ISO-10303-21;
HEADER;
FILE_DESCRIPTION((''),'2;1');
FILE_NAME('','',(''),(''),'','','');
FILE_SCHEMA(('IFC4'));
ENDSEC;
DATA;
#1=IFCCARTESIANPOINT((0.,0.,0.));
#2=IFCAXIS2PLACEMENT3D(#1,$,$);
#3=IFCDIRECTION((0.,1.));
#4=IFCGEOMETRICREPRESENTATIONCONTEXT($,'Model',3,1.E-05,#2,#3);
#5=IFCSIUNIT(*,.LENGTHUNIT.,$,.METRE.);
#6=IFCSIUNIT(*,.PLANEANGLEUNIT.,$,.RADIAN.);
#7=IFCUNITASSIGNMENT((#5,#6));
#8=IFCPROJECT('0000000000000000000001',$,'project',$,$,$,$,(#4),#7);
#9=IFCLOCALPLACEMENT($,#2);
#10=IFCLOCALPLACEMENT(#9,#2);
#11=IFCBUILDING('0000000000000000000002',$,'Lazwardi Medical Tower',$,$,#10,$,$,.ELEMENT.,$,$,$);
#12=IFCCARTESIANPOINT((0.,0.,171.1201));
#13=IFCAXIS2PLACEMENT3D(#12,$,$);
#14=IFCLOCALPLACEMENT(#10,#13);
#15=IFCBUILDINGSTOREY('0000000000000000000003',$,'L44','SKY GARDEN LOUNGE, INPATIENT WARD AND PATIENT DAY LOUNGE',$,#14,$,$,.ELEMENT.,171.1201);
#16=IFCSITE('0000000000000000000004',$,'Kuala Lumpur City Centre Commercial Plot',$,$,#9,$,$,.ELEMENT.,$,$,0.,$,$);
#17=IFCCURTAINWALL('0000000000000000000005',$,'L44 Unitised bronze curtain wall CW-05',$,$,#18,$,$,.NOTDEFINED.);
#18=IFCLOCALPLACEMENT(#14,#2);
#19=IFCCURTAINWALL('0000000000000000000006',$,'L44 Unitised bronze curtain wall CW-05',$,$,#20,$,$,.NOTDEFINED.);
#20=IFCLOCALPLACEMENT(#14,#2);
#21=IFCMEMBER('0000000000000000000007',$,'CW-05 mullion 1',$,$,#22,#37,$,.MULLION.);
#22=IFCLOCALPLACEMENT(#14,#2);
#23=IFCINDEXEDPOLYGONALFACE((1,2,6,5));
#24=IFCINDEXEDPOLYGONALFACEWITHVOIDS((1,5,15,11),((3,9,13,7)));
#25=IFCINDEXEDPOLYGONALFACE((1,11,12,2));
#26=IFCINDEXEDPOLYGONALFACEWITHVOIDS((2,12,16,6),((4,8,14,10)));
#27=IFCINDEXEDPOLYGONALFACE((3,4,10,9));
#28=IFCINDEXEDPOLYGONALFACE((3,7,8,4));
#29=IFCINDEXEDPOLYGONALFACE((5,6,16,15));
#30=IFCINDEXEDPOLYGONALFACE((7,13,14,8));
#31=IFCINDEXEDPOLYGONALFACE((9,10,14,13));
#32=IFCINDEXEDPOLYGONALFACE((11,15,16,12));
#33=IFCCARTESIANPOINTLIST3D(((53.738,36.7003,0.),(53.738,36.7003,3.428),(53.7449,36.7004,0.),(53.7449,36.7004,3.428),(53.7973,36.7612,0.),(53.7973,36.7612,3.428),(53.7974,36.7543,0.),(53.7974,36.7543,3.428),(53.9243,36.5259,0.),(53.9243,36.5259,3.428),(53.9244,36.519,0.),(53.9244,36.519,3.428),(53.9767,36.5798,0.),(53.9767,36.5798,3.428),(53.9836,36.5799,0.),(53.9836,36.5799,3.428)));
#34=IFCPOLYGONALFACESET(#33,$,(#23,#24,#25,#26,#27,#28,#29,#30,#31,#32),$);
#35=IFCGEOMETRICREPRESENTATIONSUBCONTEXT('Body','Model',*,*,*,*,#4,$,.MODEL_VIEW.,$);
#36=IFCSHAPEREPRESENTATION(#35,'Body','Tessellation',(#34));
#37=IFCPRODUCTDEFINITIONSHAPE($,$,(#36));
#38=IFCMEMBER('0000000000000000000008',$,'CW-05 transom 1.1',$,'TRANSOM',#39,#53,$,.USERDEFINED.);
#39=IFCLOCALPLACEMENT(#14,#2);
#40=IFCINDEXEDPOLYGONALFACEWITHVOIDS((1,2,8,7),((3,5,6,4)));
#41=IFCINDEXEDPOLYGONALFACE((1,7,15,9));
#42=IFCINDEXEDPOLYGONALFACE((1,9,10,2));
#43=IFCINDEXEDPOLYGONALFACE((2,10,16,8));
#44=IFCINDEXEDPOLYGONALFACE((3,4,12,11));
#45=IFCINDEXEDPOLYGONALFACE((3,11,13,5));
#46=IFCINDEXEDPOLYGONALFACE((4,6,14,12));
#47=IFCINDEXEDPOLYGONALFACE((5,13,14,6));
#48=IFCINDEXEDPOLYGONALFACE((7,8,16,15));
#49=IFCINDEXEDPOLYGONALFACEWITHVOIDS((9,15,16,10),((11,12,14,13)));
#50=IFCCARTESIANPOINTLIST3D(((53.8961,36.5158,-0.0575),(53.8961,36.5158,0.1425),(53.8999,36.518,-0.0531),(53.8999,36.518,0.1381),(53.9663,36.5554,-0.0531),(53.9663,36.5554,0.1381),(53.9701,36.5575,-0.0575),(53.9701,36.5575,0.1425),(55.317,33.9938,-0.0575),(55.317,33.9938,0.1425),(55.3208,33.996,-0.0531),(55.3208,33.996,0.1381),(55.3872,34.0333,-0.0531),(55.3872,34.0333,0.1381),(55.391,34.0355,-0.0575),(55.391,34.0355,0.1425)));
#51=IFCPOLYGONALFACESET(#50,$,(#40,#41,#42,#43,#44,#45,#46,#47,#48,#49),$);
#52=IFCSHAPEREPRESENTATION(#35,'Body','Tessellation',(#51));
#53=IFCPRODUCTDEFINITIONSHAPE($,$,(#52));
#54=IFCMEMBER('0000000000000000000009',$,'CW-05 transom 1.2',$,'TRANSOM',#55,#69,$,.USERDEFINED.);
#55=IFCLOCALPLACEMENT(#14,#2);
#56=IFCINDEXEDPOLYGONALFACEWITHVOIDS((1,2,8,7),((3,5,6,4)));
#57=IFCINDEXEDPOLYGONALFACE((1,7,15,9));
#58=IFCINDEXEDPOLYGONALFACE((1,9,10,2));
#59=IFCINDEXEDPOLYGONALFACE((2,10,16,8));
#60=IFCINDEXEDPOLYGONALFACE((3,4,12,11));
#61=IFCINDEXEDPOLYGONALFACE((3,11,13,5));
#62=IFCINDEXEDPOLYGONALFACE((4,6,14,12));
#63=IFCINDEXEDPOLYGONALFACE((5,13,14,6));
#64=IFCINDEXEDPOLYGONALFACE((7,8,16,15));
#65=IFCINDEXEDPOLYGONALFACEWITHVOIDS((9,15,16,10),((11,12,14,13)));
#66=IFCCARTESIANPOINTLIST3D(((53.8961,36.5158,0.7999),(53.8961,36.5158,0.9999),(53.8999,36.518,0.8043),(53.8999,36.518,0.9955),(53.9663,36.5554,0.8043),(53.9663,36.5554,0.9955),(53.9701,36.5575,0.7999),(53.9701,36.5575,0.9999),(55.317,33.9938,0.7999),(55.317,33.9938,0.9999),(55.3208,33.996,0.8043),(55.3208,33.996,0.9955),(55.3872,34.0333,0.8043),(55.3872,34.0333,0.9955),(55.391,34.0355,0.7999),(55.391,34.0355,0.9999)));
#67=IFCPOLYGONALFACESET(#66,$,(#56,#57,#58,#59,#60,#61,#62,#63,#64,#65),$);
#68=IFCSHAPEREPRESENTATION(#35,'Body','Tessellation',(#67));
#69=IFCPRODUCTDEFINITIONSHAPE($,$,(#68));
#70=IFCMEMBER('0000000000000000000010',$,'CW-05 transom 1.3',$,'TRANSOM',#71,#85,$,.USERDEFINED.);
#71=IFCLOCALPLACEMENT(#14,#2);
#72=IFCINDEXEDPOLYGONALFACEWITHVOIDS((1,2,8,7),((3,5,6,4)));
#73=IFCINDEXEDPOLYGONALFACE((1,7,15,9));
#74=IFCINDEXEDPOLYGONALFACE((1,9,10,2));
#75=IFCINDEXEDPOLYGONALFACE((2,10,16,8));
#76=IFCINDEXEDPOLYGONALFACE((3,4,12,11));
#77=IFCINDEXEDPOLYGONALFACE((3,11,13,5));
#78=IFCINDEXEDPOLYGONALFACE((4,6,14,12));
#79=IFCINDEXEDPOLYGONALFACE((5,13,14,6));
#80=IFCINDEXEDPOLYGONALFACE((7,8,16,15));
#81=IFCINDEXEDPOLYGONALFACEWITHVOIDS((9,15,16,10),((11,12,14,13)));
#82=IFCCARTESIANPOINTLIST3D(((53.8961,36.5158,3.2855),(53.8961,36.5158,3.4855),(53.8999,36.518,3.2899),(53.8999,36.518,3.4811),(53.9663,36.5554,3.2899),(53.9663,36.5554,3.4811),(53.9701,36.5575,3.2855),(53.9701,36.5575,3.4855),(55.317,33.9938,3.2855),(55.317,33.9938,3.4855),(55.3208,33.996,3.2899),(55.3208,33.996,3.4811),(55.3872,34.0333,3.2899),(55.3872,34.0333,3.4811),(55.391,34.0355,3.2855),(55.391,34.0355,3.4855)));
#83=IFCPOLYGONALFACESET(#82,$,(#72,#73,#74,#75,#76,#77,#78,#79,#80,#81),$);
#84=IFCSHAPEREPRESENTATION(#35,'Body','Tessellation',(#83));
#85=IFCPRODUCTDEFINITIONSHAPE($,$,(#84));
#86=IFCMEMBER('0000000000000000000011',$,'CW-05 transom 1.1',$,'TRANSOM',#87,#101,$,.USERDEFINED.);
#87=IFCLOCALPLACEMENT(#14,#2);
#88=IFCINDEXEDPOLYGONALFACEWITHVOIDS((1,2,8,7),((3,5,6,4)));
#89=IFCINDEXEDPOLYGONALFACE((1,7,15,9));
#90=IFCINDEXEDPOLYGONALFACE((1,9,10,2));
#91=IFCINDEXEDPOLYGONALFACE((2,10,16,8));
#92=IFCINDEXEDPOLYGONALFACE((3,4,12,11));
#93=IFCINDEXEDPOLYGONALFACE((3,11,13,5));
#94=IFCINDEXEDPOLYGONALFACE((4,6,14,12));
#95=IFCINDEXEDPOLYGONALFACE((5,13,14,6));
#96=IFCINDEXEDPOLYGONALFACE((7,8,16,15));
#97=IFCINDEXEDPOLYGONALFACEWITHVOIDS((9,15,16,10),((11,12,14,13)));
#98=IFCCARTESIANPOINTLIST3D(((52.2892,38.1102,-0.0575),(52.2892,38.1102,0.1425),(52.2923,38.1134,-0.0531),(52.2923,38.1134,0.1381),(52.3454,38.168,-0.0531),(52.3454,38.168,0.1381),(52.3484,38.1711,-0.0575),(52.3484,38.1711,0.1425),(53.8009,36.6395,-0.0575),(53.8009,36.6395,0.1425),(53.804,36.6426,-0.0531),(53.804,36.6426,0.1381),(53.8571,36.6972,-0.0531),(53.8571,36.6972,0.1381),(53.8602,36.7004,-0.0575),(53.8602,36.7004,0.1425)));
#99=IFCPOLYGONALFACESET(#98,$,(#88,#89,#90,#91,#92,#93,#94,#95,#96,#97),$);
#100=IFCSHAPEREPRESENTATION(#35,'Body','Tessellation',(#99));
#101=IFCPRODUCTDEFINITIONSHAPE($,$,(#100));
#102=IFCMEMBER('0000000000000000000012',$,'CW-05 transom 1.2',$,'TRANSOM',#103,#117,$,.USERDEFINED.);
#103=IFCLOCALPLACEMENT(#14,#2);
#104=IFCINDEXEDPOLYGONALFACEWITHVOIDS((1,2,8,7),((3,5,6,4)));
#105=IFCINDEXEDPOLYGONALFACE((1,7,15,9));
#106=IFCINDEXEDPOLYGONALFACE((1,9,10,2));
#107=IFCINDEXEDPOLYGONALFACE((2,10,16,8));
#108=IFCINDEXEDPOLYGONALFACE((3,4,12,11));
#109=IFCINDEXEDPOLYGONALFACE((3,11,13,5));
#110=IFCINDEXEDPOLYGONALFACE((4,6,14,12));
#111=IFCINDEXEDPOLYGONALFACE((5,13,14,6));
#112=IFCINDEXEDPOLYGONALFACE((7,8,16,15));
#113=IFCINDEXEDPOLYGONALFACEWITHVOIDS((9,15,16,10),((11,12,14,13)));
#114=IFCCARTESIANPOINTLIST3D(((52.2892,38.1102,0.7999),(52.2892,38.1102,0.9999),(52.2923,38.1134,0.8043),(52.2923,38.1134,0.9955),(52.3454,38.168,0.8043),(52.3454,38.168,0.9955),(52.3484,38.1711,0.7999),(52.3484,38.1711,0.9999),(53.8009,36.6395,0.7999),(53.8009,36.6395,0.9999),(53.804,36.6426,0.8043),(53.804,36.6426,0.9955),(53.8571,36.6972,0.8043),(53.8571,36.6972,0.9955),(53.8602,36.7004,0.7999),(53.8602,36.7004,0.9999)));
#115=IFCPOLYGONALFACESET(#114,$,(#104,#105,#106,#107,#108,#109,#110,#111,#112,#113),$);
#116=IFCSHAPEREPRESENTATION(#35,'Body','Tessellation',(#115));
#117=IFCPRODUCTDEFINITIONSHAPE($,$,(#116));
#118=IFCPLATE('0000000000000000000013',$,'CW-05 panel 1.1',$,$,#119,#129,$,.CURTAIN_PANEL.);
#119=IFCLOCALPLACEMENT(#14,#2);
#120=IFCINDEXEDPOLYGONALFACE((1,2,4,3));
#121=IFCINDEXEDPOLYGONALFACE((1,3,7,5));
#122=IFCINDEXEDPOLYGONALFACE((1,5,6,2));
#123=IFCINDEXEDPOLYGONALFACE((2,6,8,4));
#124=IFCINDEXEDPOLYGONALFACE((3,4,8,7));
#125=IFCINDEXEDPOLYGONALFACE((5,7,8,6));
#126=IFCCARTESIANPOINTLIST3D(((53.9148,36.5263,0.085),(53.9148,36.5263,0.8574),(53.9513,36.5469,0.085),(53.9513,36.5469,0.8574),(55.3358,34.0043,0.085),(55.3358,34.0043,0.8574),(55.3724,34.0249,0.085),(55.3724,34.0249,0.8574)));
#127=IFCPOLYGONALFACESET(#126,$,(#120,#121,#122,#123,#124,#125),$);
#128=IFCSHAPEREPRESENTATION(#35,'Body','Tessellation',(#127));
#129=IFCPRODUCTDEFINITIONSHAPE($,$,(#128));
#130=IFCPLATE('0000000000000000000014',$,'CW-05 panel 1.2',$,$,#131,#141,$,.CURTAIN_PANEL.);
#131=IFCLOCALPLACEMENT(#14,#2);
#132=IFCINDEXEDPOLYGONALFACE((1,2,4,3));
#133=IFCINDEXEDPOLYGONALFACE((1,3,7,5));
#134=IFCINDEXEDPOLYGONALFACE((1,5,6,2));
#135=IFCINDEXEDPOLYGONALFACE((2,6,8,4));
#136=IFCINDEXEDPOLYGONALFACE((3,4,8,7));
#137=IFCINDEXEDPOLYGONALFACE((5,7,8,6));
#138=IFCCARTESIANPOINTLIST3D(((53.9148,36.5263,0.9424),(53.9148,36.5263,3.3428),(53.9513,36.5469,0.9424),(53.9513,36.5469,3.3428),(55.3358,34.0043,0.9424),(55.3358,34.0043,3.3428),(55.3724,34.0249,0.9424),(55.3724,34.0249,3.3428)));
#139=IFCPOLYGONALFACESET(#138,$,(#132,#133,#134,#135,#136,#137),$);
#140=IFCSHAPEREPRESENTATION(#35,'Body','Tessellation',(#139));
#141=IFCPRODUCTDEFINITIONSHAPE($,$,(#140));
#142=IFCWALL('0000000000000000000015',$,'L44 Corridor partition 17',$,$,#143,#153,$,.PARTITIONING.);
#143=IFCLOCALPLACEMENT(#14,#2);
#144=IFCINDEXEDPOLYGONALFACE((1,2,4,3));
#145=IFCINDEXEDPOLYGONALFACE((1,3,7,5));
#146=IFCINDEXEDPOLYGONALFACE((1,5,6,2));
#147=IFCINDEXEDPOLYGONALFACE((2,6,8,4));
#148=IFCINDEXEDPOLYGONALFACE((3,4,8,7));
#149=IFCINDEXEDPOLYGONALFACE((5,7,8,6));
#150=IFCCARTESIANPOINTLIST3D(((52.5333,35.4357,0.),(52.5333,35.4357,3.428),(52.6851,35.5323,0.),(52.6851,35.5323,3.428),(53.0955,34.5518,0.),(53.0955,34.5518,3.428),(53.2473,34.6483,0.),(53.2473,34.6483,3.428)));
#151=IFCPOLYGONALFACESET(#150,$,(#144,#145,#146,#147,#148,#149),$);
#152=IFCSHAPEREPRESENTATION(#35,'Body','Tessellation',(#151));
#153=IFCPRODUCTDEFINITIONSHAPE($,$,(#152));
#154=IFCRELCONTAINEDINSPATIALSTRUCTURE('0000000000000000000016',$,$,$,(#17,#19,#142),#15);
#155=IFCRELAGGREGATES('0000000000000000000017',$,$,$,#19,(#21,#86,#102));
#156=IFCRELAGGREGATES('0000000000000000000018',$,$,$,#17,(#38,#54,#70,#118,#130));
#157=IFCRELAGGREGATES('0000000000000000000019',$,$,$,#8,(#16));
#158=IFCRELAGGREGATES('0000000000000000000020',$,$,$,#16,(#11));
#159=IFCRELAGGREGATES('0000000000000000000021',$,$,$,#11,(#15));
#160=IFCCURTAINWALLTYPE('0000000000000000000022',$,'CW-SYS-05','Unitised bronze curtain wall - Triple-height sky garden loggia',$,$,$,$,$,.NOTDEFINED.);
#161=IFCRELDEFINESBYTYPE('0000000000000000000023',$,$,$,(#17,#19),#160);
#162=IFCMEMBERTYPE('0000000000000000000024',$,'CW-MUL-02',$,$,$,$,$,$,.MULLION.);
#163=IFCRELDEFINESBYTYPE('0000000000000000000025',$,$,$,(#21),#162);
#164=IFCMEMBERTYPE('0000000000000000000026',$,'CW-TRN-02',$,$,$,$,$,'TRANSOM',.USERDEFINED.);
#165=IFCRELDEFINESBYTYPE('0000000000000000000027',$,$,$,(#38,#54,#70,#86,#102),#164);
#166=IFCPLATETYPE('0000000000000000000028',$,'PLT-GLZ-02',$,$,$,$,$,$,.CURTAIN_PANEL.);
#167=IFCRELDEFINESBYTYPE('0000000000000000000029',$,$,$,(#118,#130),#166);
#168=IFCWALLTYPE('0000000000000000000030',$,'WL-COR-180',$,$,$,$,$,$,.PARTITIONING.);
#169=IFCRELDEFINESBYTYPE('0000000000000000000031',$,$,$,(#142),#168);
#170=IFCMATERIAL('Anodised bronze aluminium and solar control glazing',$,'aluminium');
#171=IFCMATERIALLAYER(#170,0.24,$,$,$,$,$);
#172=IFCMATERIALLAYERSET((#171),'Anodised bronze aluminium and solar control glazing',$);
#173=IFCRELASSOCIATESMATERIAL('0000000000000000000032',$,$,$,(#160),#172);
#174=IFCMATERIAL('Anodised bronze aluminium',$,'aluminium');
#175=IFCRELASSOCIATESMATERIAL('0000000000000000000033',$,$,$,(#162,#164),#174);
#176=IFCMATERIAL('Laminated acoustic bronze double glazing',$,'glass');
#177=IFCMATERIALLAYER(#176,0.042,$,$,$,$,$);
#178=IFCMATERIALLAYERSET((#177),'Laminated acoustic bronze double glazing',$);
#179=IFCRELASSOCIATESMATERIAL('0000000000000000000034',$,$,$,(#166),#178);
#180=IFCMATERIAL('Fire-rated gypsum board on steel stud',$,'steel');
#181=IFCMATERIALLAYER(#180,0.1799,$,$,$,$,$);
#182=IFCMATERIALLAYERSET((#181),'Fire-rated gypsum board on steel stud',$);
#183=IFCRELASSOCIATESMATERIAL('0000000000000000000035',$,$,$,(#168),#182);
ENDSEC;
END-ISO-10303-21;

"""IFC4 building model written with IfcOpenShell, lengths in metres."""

from ifc_helpers import new_model, si_unit, direction, frame, frame_2d, origin, origin_2d, place, context, subcontext, project, spatial, rectangle, hollow_rectangle, extrude, material, layer, layer_set, material_profile, profile_set, type_object, element, aggregate, save


model = new_model("IFC4")

# Units and contexts
model_context = context("Model", 3, precision=1e-05, world=origin(), true_north=direction((0.0, 1.0)))
body_context = subcontext(model_context, "Body", "Model", "MODEL_VIEW")
ifc_project = project(units=[si_unit("LENGTHUNIT", "METRE"), si_unit("PLANEANGLEUNIT", "RADIAN")], contexts=[model_context])

# Site, building, storey
site_placement = place(None, origin())
site = spatial("IfcSite", under=ifc_project, at=site_placement, Name="Kuala Lumpur City Centre Commercial Plot", CompositionType="ELEMENT", RefElevation=0.0)
building_placement = place(site_placement, origin())
building = spatial("IfcBuilding", under=site, at=building_placement, Name="Lazwardi Medical Tower", CompositionType="ELEMENT")
storey_placement = place(building_placement, frame((0.0, 0.0, 171.1201)))
storey = spatial("IfcBuildingStorey", under=building, at=storey_placement, Name="L44", Description="SKY GARDEN LOUNGE, INPATIENT WARD AND PATIENT DAY LOUNGE", CompositionType="ELEMENT", Elevation=171.1201)

# Shared definitions
ifc_material_1 = material(Name="Anodised bronze aluminium and solar control glazing", Category="aluminium")
ifc_material_2 = material(Name="Anodised bronze aluminium", Category="aluminium")

# Curtain wall
ifc_layer_1 = layer(ifc_material_1, 0.24)
ifc_layer_set_1 = layer_set([ifc_layer_1], Name="Anodised bronze aluminium and solar control glazing")
curtain_wall_type_1 = type_object("IfcCurtainWallType", Name="CW-SYS-05", Description="Unitised bronze curtain wall - Triple-height sky garden loggia", PredefinedType="NOTDEFINED", material=ifc_layer_set_1)
curtain_wall_1_placement = place(storey_placement, origin())
curtain_wall_1 = element("IfcCurtainWall", 1, at=curtain_wall_1_placement, inside=storey, type_object=curtain_wall_type_1, Name="L44 Unitised bronze curtain wall CW-05", PredefinedType="NOTDEFINED")
ifc_material_profile_1 = material_profile(ifc_material_2, hollow_rectangle(XDim=0.085, YDim=0.26, WallThickness=0.0049, at=origin_2d()), Name="ALU-MULLION 260x85x5")
ifc_profile_set_1 = profile_set([ifc_material_profile_1], Name="Anodised bronze aluminium")
member_type_1 = type_object("IfcMemberType", Name="CW-MUL-02", PredefinedType="MULLION", material=ifc_profile_set_1)

# Curtain wall, member
curtain_wall_2_placement = place(storey_placement, origin())
curtain_wall_2 = element("IfcCurtainWall", 2, at=curtain_wall_2_placement, inside=storey, type_object=curtain_wall_type_1, Name="L44 Unitised bronze curtain wall CW-05", PredefinedType="NOTDEFINED")
member_1_placement = place(storey_placement, frame((53.8608, 36.6401, 0.0), z_axis=(0.0, 0.0, 1.0), x_axis=(-0.697348, -0.716732, 0.0)))
member_1 = element("IfcMember", 3, at=member_1_placement, type_object=member_type_1, Name="CW-05 mullion 1", PredefinedType="MULLION", context=body_context, shape_type="SweptSolid", body=[
    extrude(hollow_rectangle(XDim=0.085, YDim=0.26, WallThickness=0.0049, at=origin_2d()), origin(), (0.0, 0.0, 1.0), 3.428),
])

# Members
ifc_material_profile_2 = material_profile(ifc_material_2, hollow_rectangle(XDim=0.085, YDim=0.2, WallThickness=0.0044, at=origin_2d()), Name="ALU-TRANSOM 200x85x4.5")
ifc_profile_set_2 = profile_set([ifc_material_profile_2], Name="Anodised bronze aluminium")
member_type_2 = type_object("IfcMemberType", Name="CW-TRN-02", ElementType="TRANSOM", PredefinedType="USERDEFINED", material=ifc_profile_set_2)
member_2_placement = place(storey_placement, frame((55.354, 34.0146, 0.0425), z_axis=(-0.490862, 0.871237, 0.0), x_axis=(-0.871237, -0.490862, 0.0)))
member_2 = element("IfcMember", 4, at=member_2_placement, type_object=member_type_2, Name="CW-05 transom 1.1", ObjectType="TRANSOM", PredefinedType="USERDEFINED", context=body_context, shape_type="SweptSolid", body=[
    extrude(hollow_rectangle(XDim=0.085, YDim=0.2, WallThickness=0.0044, at=origin_2d()), origin(), (0.0, 0.0, 1.0), 2.8948),
])
member_3_placement = place(storey_placement, frame((55.354, 34.0146, 0.8999), z_axis=(-0.490862, 0.871237, 0.0), x_axis=(-0.871237, -0.490862, 0.0)))
member_3 = element("IfcMember", 5, at=member_3_placement, type_object=member_type_2, Name="CW-05 transom 1.2", ObjectType="TRANSOM", PredefinedType="USERDEFINED", context=body_context, shape_type="SweptSolid", body=[
    extrude(hollow_rectangle(XDim=0.085, YDim=0.2, WallThickness=0.0044, at=origin_2d()), origin(), (0.0, 0.0, 1.0), 2.8948),
])
member_4_placement = place(storey_placement, frame((55.354, 34.0146, 3.3855), z_axis=(-0.490862, 0.871237, 0.0), x_axis=(-0.871237, -0.490862, 0.0)))
member_4 = element("IfcMember", 6, at=member_4_placement, type_object=member_type_2, Name="CW-05 transom 1.3", ObjectType="TRANSOM", PredefinedType="USERDEFINED", context=body_context, shape_type="SweptSolid", body=[
    extrude(hollow_rectangle(XDim=0.085, YDim=0.2, WallThickness=0.0044, at=origin_2d()), origin(), (0.0, 0.0, 1.0), 2.8948),
])
member_5_placement = place(storey_placement, frame((53.8306, 36.6699, 0.0425), z_axis=(-0.716763, 0.697316, 0.0), x_axis=(-0.697316, -0.716763, 0.0)))
member_5 = element("IfcMember", 7, at=member_5_placement, type_object=member_type_2, Name="CW-05 transom 1.1", ObjectType="TRANSOM", PredefinedType="USERDEFINED", context=body_context, shape_type="SweptSolid", body=[
    extrude(hollow_rectangle(XDim=0.085, YDim=0.2, WallThickness=0.0044, at=origin_2d()), origin(), (0.0, 0.0, 1.0), 2.1091),
])
member_6_placement = place(storey_placement, frame((53.8306, 36.6699, 0.8999), z_axis=(-0.716763, 0.697316, 0.0), x_axis=(-0.697316, -0.716763, 0.0)))
member_6 = element("IfcMember", 8, at=member_6_placement, type_object=member_type_2, Name="CW-05 transom 1.2", ObjectType="TRANSOM", PredefinedType="USERDEFINED", context=body_context, shape_type="SweptSolid", body=[
    extrude(hollow_rectangle(XDim=0.085, YDim=0.2, WallThickness=0.0044, at=origin_2d()), origin(), (0.0, 0.0, 1.0), 2.1091),
])
aggregate(curtain_wall_2, [member_1, member_5, member_6])

# Plates
ifc_material_3 = material(Name="Laminated acoustic bronze double glazing", Category="glass")
ifc_layer_2 = layer(ifc_material_3, 0.042)
ifc_layer_set_2 = layer_set([ifc_layer_2], Name="Laminated acoustic bronze double glazing")
plate_type = type_object("IfcPlateType", Name="PLT-GLZ-02", PredefinedType="CURTAIN_PANEL", material=ifc_layer_set_2)
plate_1_placement = place(storey_placement, frame((54.6436, 35.2756, 0.085), z_axis=(0.0, 0.0, 1.0), x_axis=(-0.490887, 0.871223, 0.0)))
plate_1 = element("IfcPlate", 9, at=plate_1_placement, type_object=plate_type, Name="CW-05 panel 1.1", PredefinedType="CURTAIN_PANEL", context=body_context, shape_type="SweptSolid", body=[
    extrude(rectangle(XDim=2.8948, YDim=0.042, at=origin_2d()), origin(), (0.0, 0.0, 1.0), 0.7725),
])
plate_2_placement = place(storey_placement, frame((54.6436, 35.2756, 0.9424), z_axis=(0.0, 0.0, 1.0), x_axis=(-0.490887, 0.871223, 0.0)))
plate_2 = element("IfcPlate", 10, at=plate_2_placement, type_object=plate_type, Name="CW-05 panel 1.2", PredefinedType="CURTAIN_PANEL", context=body_context, shape_type="SweptSolid", body=[
    extrude(rectangle(XDim=2.8948, YDim=0.042, at=origin_2d()), origin(), (0.0, 0.0, 1.0), 2.4004),
])
aggregate(curtain_wall_1, [member_2, member_3, member_4, plate_1, plate_2])

# Wall
ifc_material_4 = material(Name="Fire-rated gypsum board on steel stud", Category="steel")
ifc_layer_3 = layer(ifc_material_4, 0.1799)
ifc_layer_set_3 = layer_set([ifc_layer_3], Name="Fire-rated gypsum board on steel stud")
wall_type_1 = type_object("IfcWallType", Name="WL-COR-180", PredefinedType="PARTITIONING", material=ifc_layer_set_3)
wall_1_placement = place(storey_placement, frame((52.6091, 35.4841, 0.0), z_axis=(0.0, 0.0, 1.0), x_axis=(0.536664, -0.843796, 0.0)))
element("IfcWall", 11, at=wall_1_placement, inside=storey, type_object=wall_type_1, Name="L44 Corridor partition 17", PredefinedType="PARTITIONING", context=body_context, shape_type="SweptSolid", body=[
    extrude(rectangle(XDim=1.0476, YDim=0.1799, at=frame_2d((0.5239, 0.0))), origin(), (0.0, 0.0, 1.0), 3.428),
])

save(model, "model.ifc")
